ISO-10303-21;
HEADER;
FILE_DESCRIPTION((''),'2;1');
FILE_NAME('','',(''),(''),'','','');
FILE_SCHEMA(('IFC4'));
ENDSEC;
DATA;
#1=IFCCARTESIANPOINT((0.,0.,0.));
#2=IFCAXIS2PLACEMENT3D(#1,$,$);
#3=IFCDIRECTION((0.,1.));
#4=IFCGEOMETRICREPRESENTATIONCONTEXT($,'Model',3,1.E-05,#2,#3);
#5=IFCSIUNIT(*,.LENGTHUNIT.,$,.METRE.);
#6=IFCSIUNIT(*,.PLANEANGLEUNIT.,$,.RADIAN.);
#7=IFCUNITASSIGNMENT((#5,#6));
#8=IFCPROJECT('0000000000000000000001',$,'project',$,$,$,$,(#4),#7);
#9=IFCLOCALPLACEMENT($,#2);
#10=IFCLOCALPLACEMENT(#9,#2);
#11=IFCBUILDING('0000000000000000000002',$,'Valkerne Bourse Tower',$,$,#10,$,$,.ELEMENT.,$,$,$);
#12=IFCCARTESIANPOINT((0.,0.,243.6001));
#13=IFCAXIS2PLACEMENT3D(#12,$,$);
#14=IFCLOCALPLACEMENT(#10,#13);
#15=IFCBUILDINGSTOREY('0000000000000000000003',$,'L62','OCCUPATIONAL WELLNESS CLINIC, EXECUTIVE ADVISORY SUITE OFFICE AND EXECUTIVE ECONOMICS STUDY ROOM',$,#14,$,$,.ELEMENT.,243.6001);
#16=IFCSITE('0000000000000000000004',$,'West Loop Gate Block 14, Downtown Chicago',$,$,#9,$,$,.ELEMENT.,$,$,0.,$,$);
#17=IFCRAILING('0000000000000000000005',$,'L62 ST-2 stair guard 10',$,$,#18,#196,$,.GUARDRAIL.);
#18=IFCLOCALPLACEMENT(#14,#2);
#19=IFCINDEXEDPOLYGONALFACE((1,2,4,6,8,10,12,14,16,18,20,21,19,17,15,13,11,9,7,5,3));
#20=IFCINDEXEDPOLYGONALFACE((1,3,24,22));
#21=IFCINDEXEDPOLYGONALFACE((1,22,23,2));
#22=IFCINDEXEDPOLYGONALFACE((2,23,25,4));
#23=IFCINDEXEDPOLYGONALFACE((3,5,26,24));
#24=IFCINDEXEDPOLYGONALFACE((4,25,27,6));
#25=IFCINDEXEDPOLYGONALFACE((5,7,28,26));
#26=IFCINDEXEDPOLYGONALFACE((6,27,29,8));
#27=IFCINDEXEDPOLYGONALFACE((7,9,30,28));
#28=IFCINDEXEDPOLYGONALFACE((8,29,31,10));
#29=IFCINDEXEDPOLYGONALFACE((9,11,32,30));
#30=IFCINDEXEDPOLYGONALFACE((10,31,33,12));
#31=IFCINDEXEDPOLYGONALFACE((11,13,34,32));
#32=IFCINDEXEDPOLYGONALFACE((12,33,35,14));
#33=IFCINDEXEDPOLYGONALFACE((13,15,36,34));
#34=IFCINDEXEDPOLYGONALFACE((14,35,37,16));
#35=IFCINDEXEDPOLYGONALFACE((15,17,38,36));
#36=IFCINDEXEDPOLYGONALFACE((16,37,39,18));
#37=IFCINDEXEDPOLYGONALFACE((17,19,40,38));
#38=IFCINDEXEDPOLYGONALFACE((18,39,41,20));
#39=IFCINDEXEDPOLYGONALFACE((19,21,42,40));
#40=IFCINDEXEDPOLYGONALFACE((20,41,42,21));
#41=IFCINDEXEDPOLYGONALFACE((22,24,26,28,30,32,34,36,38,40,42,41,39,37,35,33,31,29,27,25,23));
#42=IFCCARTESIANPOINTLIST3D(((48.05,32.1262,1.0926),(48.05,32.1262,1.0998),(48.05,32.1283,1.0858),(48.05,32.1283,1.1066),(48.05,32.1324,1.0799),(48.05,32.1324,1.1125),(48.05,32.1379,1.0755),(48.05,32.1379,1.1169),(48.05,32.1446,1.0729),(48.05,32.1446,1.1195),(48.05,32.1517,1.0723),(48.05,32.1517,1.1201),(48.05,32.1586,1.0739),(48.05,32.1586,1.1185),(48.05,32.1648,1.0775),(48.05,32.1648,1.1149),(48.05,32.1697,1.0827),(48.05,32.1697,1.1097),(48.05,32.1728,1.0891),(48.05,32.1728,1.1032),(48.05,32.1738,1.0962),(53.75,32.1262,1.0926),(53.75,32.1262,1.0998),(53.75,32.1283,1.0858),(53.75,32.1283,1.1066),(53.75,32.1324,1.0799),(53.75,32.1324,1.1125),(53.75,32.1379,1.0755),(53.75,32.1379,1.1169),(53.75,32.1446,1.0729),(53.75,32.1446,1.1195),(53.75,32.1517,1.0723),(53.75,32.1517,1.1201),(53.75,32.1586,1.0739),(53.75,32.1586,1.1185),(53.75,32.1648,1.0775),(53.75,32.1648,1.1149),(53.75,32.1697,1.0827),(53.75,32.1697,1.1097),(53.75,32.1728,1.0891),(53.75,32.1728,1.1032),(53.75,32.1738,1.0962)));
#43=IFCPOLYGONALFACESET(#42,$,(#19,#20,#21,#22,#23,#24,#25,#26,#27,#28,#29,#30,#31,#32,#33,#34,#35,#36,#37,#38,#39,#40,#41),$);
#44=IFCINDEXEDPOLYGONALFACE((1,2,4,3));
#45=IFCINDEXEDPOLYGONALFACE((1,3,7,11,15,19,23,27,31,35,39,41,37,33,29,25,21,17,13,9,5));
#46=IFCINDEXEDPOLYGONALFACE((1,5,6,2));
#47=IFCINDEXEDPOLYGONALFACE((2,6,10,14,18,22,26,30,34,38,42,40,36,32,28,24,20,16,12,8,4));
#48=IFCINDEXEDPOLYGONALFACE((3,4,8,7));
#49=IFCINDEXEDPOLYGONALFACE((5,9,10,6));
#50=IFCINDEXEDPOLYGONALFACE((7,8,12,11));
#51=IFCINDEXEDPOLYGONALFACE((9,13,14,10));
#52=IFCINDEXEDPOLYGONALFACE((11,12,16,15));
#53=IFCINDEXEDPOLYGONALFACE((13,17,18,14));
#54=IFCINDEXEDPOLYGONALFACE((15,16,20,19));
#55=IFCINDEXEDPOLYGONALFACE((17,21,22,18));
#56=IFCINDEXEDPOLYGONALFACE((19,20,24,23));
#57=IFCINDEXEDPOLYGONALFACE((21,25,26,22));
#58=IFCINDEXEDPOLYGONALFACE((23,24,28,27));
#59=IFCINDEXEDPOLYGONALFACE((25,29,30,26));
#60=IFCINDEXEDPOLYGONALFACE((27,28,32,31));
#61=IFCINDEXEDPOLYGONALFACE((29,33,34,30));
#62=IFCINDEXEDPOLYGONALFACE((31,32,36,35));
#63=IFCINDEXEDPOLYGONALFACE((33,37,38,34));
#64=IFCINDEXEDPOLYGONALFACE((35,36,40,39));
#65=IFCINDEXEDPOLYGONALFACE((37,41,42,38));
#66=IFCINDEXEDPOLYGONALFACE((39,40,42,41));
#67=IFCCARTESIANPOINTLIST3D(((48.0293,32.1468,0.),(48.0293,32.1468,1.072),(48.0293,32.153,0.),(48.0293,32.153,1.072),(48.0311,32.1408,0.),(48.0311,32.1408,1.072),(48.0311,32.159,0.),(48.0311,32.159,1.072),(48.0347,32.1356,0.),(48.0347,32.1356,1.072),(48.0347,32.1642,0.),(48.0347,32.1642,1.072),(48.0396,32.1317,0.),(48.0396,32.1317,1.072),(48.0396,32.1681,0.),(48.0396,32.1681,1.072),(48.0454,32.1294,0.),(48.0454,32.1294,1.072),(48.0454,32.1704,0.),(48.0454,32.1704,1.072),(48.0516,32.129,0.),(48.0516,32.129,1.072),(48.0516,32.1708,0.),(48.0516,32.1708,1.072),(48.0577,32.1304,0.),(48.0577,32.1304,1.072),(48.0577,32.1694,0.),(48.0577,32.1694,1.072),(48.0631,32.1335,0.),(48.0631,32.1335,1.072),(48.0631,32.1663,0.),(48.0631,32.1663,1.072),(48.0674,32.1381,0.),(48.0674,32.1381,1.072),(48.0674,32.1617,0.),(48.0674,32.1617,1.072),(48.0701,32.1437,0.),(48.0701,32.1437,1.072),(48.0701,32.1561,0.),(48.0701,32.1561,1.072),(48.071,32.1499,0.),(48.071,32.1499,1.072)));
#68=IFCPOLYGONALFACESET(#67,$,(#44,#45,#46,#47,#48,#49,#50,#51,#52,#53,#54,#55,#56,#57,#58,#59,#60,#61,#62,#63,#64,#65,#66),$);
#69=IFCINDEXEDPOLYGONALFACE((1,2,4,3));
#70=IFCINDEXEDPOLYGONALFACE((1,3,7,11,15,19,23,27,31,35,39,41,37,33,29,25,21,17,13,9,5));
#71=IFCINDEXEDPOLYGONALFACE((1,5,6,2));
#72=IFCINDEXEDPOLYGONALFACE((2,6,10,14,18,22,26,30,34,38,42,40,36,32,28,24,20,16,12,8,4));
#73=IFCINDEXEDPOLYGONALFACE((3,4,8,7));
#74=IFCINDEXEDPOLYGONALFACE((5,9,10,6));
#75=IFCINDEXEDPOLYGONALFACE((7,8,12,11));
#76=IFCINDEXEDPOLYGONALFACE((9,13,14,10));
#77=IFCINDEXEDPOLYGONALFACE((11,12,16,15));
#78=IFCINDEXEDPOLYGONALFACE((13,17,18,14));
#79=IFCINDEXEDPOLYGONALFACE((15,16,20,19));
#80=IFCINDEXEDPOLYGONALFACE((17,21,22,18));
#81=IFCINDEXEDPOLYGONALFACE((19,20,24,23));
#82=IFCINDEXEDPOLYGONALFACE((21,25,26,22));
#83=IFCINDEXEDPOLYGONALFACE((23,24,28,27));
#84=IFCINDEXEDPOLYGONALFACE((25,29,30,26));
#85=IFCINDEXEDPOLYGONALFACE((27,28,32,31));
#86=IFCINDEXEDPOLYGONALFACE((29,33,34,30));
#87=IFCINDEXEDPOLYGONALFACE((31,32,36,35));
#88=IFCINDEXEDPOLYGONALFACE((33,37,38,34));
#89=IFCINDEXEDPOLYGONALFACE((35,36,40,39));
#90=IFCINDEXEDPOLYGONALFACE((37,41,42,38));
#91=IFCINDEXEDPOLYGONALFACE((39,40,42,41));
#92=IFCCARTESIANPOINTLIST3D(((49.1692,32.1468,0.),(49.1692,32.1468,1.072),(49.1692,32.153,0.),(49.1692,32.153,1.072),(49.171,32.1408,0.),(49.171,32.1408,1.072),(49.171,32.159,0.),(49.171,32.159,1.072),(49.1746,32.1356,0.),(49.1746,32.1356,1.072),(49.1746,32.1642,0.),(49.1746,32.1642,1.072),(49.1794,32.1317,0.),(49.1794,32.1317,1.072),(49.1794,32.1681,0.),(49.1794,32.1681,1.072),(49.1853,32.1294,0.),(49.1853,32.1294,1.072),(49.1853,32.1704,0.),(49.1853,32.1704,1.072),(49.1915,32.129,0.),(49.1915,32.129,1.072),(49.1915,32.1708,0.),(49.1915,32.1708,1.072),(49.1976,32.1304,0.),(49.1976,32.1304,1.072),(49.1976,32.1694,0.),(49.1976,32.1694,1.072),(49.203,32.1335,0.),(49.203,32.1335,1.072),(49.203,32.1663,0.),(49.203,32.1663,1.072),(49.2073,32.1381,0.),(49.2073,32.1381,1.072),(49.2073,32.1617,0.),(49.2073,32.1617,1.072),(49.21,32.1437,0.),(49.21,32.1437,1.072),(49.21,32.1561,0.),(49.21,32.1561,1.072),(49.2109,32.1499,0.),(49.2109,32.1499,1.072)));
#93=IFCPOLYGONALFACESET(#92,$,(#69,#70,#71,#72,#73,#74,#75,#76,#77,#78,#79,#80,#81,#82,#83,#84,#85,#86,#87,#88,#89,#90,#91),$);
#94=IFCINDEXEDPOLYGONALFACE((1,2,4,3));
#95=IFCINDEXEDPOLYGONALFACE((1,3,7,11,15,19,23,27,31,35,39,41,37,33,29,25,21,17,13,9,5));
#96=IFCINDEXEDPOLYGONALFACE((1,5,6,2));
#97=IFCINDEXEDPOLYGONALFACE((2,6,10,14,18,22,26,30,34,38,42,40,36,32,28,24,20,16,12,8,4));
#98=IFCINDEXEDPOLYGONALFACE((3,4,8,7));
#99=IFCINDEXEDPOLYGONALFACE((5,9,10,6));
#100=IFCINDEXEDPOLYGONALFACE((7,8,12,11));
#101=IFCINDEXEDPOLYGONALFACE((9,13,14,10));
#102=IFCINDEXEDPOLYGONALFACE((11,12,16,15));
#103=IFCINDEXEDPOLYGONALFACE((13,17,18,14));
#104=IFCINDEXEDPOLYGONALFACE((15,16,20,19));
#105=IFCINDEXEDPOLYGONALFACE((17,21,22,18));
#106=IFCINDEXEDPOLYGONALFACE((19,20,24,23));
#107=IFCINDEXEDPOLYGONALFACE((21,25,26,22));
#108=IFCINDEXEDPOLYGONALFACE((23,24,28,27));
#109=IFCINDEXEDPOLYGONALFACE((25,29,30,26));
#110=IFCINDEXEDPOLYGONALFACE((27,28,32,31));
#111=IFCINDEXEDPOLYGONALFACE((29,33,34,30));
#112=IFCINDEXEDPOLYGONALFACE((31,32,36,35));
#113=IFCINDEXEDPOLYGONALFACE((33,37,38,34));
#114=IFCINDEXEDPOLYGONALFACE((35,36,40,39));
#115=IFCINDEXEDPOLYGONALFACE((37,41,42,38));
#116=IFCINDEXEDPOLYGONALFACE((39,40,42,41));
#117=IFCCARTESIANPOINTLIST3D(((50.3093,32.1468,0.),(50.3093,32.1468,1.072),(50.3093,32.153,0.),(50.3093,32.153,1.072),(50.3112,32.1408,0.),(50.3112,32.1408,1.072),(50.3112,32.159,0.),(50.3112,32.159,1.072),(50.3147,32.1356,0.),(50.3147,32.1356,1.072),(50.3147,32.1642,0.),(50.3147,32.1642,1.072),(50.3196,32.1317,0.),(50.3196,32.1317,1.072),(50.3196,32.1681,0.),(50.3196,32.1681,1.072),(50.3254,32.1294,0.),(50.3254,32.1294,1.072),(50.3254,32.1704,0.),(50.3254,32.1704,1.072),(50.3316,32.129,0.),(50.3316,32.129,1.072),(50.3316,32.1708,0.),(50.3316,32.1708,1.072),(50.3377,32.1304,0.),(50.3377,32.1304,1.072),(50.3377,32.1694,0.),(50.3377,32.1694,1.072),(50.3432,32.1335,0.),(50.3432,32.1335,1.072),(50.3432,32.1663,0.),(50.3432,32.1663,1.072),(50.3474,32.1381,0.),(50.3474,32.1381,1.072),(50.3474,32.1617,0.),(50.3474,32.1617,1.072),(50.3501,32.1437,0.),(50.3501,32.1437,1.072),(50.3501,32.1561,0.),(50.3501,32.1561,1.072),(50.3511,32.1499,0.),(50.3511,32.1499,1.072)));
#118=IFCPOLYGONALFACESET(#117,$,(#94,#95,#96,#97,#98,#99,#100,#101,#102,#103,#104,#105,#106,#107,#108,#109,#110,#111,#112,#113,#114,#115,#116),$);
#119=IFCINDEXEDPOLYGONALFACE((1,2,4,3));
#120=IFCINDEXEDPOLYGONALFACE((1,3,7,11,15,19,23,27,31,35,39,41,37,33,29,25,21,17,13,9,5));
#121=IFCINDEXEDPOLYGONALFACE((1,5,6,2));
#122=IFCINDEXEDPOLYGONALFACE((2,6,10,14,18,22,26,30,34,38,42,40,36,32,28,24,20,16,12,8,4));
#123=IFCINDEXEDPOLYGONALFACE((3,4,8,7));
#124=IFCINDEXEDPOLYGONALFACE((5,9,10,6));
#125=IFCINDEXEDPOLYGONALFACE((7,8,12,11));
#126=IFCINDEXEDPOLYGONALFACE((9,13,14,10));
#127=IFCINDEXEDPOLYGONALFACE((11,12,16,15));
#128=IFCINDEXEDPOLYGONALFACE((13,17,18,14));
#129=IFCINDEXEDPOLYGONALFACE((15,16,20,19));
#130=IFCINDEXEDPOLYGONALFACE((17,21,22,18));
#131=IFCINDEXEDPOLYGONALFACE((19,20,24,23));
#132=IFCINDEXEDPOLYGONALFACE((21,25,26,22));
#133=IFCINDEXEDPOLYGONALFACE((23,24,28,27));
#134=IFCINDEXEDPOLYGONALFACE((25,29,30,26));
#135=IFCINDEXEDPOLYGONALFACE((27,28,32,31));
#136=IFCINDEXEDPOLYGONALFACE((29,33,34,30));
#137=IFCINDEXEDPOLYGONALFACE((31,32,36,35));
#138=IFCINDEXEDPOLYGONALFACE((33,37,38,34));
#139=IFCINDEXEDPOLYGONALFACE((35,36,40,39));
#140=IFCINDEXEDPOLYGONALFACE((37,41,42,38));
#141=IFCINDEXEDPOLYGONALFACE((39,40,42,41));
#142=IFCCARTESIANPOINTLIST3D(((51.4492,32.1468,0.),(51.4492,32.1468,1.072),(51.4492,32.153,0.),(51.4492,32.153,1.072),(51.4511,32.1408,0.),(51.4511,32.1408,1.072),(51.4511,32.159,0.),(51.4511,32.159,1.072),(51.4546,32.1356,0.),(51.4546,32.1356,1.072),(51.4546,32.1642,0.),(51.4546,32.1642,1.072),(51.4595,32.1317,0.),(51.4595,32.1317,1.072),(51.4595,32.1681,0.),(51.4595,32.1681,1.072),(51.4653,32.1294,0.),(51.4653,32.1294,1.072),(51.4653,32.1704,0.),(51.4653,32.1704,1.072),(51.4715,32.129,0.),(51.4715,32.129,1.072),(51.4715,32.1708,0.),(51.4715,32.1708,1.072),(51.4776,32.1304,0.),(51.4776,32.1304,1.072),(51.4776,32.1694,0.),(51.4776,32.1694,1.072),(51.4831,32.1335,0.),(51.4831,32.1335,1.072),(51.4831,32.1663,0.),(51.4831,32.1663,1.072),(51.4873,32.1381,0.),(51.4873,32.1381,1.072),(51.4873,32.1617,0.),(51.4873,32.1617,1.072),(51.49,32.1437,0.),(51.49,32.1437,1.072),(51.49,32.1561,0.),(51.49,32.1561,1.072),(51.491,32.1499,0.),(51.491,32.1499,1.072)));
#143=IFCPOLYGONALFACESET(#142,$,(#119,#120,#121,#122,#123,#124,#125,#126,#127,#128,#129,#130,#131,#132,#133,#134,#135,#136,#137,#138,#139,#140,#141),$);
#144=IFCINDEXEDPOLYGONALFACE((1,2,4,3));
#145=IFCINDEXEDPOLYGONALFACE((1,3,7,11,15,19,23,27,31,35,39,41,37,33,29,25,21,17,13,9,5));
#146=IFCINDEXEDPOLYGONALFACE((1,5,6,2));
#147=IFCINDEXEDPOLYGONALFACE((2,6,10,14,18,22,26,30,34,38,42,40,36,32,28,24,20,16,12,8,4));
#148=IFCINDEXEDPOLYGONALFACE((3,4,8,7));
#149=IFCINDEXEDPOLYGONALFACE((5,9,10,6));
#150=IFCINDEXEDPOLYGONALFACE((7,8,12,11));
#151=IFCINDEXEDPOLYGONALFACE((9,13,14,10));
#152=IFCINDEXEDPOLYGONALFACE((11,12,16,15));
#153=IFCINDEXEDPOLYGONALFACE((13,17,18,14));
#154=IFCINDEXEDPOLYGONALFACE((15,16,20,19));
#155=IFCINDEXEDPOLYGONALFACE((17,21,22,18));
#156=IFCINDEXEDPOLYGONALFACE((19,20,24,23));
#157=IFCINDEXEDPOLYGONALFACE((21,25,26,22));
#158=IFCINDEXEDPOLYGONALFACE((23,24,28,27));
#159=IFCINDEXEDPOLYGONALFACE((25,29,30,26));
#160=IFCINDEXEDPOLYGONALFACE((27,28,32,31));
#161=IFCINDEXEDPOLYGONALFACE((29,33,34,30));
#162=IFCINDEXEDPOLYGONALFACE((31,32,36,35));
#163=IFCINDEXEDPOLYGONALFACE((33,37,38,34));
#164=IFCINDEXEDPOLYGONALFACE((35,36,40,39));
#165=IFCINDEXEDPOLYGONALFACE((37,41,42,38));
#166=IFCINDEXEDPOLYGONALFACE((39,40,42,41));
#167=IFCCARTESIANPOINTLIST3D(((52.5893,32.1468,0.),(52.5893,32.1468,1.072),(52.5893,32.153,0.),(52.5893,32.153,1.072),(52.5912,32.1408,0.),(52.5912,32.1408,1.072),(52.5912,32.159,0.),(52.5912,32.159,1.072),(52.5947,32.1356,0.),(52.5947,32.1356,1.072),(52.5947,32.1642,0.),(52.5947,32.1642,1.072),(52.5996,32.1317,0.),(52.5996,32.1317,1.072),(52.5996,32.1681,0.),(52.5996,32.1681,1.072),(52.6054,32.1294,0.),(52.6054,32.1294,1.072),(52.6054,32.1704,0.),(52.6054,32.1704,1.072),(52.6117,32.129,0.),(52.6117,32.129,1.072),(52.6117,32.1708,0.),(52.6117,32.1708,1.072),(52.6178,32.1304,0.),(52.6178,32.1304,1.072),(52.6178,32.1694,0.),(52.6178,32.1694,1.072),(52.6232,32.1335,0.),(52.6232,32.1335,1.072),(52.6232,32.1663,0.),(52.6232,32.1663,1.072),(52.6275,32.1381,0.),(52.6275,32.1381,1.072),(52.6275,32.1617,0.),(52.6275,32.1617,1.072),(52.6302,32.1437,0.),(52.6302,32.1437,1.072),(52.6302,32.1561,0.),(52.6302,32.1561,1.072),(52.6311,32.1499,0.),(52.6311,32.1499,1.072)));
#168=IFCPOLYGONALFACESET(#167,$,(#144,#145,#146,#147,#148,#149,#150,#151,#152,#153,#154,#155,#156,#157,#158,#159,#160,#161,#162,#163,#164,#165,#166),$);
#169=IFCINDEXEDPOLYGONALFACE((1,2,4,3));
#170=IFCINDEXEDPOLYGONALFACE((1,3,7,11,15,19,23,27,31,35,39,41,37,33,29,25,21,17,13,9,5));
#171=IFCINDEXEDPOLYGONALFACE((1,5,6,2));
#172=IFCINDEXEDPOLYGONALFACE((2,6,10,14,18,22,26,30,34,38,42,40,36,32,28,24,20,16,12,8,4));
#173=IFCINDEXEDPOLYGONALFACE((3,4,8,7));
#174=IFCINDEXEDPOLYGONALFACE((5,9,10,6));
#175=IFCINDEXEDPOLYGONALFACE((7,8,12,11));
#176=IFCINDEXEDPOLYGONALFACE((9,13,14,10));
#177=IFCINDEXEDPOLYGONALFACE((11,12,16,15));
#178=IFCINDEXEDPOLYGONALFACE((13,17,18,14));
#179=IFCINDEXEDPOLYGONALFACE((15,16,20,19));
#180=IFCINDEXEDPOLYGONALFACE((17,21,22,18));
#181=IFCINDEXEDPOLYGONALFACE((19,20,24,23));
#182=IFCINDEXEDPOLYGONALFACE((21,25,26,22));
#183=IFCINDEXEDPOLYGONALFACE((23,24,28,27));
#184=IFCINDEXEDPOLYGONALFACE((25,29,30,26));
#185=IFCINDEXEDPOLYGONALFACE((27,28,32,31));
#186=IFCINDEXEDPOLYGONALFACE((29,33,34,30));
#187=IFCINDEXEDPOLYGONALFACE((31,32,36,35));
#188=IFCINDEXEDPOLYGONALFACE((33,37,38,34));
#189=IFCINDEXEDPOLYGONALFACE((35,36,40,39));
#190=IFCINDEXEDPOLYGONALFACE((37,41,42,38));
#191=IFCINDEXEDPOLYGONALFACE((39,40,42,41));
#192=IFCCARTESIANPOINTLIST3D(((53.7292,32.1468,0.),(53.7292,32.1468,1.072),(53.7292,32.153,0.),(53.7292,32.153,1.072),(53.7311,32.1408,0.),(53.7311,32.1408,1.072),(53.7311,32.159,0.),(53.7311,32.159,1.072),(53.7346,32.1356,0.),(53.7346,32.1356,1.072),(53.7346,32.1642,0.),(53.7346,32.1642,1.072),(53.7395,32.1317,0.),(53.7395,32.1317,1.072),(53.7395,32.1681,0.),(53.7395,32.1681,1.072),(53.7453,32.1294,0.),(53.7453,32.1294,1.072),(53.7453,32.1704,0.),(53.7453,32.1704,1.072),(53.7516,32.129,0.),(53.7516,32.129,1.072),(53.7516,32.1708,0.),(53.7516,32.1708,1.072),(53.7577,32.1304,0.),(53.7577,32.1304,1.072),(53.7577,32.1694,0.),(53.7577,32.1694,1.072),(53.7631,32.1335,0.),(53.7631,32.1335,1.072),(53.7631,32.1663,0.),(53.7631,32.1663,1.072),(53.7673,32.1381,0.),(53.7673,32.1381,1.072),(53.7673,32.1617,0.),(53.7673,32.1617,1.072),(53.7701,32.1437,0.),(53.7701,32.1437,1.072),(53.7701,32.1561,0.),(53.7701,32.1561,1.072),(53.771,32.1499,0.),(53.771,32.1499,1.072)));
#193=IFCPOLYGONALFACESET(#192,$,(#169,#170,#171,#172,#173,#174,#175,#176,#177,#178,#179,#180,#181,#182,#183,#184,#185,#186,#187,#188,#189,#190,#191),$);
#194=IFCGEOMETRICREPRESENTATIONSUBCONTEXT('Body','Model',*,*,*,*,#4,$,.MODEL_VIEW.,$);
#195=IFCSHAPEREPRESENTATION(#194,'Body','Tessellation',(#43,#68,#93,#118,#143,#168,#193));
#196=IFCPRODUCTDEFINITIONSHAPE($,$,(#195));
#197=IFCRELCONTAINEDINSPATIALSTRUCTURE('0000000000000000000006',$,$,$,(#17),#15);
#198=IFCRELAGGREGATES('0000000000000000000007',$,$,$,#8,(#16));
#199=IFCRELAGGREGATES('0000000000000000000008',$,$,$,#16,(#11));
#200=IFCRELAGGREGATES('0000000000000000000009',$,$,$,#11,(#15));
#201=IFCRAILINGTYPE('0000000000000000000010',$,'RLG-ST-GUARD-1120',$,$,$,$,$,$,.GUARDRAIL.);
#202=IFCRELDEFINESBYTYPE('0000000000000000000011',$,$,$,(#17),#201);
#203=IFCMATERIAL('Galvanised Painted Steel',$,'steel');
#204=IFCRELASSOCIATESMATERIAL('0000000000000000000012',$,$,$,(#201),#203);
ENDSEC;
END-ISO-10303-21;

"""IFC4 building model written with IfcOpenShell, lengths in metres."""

from ifc_helpers import new_model, si_unit, direction, frame, origin, origin_2d, place, context, subcontext, project, spatial, circle, extrude, material, type_object, element, save


model = new_model("IFC4")

# Units and contexts
model_context = context("Model", 3, precision=1e-05, world=origin(), true_north=direction((0.0, 1.0)))
body_context = subcontext(model_context, "Body", "Model", "MODEL_VIEW")
ifc_project = project(units=[si_unit("LENGTHUNIT", "METRE"), si_unit("PLANEANGLEUNIT", "RADIAN")], contexts=[model_context])

# Site, building, storey
site_placement = place(None, origin())
site = spatial("IfcSite", under=ifc_project, at=site_placement, Name="West Loop Gate Block 14, Downtown Chicago", CompositionType="ELEMENT", RefElevation=0.0)
building_placement = place(site_placement, origin())
building = spatial("IfcBuilding", under=site, at=building_placement, Name="Valkerne Bourse Tower", CompositionType="ELEMENT")
storey_placement = place(building_placement, frame((0.0, 0.0, 243.6001)))
storey = spatial("IfcBuildingStorey", under=building, at=storey_placement, Name="L62", Description="OCCUPATIONAL WELLNESS CLINIC, EXECUTIVE ADVISORY SUITE OFFICE AND EXECUTIVE ECONOMICS STUDY ROOM", CompositionType="ELEMENT", Elevation=243.6001)

# Shared definitions
ifc_material_1 = material(Name="Galvanised Painted Steel", Category="steel")

# Railing
railing_type_1 = type_object("IfcRailingType", Name="RLG-ST-GUARD-1120", PredefinedType="GUARDRAIL", material=ifc_material_1)
railing_1_placement = place(storey_placement, frame((48.05, 32.1499, 0.0)))
element("IfcRailing", 1, at=railing_1_placement, inside=storey, type_object=railing_type_1, Name="L62 ST-2 stair guard 10", PredefinedType="GUARDRAIL", context=body_context, shape_type="SweptSolid", body=[
    extrude(circle(Radius=0.0239, at=origin_2d()), frame((0.0, 0.0, 1.0962), z_axis=(1.0, 0.0, 0.0), x_axis=(0.0, 1.0, 0.0)), (0.0, 0.0, 1.0), 5.7),
    extrude(circle(Radius=0.021, at=origin_2d()), origin(), (0.0, 0.0, 1.0), 1.072),
    extrude(circle(Radius=0.021, at=origin_2d()), frame((1.1399, 0.0, 0.0)), (0.0, 0.0, 1.0), 1.072),
    extrude(circle(Radius=0.021, at=origin_2d()), frame((2.28, 0.0, 0.0)), (0.0, 0.0, 1.0), 1.072),
    extrude(circle(Radius=0.021, at=origin_2d()), frame((3.4199, 0.0, 0.0)), (0.0, 0.0, 1.0), 1.072),
    extrude(circle(Radius=0.021, at=origin_2d()), frame((4.5601, 0.0, 0.0)), (0.0, 0.0, 1.0), 1.072),
    extrude(circle(Radius=0.021, at=origin_2d()), frame((5.7, 0.0, 0.0)), (0.0, 0.0, 1.0), 1.072),
])

save(model, "model.ifc")
